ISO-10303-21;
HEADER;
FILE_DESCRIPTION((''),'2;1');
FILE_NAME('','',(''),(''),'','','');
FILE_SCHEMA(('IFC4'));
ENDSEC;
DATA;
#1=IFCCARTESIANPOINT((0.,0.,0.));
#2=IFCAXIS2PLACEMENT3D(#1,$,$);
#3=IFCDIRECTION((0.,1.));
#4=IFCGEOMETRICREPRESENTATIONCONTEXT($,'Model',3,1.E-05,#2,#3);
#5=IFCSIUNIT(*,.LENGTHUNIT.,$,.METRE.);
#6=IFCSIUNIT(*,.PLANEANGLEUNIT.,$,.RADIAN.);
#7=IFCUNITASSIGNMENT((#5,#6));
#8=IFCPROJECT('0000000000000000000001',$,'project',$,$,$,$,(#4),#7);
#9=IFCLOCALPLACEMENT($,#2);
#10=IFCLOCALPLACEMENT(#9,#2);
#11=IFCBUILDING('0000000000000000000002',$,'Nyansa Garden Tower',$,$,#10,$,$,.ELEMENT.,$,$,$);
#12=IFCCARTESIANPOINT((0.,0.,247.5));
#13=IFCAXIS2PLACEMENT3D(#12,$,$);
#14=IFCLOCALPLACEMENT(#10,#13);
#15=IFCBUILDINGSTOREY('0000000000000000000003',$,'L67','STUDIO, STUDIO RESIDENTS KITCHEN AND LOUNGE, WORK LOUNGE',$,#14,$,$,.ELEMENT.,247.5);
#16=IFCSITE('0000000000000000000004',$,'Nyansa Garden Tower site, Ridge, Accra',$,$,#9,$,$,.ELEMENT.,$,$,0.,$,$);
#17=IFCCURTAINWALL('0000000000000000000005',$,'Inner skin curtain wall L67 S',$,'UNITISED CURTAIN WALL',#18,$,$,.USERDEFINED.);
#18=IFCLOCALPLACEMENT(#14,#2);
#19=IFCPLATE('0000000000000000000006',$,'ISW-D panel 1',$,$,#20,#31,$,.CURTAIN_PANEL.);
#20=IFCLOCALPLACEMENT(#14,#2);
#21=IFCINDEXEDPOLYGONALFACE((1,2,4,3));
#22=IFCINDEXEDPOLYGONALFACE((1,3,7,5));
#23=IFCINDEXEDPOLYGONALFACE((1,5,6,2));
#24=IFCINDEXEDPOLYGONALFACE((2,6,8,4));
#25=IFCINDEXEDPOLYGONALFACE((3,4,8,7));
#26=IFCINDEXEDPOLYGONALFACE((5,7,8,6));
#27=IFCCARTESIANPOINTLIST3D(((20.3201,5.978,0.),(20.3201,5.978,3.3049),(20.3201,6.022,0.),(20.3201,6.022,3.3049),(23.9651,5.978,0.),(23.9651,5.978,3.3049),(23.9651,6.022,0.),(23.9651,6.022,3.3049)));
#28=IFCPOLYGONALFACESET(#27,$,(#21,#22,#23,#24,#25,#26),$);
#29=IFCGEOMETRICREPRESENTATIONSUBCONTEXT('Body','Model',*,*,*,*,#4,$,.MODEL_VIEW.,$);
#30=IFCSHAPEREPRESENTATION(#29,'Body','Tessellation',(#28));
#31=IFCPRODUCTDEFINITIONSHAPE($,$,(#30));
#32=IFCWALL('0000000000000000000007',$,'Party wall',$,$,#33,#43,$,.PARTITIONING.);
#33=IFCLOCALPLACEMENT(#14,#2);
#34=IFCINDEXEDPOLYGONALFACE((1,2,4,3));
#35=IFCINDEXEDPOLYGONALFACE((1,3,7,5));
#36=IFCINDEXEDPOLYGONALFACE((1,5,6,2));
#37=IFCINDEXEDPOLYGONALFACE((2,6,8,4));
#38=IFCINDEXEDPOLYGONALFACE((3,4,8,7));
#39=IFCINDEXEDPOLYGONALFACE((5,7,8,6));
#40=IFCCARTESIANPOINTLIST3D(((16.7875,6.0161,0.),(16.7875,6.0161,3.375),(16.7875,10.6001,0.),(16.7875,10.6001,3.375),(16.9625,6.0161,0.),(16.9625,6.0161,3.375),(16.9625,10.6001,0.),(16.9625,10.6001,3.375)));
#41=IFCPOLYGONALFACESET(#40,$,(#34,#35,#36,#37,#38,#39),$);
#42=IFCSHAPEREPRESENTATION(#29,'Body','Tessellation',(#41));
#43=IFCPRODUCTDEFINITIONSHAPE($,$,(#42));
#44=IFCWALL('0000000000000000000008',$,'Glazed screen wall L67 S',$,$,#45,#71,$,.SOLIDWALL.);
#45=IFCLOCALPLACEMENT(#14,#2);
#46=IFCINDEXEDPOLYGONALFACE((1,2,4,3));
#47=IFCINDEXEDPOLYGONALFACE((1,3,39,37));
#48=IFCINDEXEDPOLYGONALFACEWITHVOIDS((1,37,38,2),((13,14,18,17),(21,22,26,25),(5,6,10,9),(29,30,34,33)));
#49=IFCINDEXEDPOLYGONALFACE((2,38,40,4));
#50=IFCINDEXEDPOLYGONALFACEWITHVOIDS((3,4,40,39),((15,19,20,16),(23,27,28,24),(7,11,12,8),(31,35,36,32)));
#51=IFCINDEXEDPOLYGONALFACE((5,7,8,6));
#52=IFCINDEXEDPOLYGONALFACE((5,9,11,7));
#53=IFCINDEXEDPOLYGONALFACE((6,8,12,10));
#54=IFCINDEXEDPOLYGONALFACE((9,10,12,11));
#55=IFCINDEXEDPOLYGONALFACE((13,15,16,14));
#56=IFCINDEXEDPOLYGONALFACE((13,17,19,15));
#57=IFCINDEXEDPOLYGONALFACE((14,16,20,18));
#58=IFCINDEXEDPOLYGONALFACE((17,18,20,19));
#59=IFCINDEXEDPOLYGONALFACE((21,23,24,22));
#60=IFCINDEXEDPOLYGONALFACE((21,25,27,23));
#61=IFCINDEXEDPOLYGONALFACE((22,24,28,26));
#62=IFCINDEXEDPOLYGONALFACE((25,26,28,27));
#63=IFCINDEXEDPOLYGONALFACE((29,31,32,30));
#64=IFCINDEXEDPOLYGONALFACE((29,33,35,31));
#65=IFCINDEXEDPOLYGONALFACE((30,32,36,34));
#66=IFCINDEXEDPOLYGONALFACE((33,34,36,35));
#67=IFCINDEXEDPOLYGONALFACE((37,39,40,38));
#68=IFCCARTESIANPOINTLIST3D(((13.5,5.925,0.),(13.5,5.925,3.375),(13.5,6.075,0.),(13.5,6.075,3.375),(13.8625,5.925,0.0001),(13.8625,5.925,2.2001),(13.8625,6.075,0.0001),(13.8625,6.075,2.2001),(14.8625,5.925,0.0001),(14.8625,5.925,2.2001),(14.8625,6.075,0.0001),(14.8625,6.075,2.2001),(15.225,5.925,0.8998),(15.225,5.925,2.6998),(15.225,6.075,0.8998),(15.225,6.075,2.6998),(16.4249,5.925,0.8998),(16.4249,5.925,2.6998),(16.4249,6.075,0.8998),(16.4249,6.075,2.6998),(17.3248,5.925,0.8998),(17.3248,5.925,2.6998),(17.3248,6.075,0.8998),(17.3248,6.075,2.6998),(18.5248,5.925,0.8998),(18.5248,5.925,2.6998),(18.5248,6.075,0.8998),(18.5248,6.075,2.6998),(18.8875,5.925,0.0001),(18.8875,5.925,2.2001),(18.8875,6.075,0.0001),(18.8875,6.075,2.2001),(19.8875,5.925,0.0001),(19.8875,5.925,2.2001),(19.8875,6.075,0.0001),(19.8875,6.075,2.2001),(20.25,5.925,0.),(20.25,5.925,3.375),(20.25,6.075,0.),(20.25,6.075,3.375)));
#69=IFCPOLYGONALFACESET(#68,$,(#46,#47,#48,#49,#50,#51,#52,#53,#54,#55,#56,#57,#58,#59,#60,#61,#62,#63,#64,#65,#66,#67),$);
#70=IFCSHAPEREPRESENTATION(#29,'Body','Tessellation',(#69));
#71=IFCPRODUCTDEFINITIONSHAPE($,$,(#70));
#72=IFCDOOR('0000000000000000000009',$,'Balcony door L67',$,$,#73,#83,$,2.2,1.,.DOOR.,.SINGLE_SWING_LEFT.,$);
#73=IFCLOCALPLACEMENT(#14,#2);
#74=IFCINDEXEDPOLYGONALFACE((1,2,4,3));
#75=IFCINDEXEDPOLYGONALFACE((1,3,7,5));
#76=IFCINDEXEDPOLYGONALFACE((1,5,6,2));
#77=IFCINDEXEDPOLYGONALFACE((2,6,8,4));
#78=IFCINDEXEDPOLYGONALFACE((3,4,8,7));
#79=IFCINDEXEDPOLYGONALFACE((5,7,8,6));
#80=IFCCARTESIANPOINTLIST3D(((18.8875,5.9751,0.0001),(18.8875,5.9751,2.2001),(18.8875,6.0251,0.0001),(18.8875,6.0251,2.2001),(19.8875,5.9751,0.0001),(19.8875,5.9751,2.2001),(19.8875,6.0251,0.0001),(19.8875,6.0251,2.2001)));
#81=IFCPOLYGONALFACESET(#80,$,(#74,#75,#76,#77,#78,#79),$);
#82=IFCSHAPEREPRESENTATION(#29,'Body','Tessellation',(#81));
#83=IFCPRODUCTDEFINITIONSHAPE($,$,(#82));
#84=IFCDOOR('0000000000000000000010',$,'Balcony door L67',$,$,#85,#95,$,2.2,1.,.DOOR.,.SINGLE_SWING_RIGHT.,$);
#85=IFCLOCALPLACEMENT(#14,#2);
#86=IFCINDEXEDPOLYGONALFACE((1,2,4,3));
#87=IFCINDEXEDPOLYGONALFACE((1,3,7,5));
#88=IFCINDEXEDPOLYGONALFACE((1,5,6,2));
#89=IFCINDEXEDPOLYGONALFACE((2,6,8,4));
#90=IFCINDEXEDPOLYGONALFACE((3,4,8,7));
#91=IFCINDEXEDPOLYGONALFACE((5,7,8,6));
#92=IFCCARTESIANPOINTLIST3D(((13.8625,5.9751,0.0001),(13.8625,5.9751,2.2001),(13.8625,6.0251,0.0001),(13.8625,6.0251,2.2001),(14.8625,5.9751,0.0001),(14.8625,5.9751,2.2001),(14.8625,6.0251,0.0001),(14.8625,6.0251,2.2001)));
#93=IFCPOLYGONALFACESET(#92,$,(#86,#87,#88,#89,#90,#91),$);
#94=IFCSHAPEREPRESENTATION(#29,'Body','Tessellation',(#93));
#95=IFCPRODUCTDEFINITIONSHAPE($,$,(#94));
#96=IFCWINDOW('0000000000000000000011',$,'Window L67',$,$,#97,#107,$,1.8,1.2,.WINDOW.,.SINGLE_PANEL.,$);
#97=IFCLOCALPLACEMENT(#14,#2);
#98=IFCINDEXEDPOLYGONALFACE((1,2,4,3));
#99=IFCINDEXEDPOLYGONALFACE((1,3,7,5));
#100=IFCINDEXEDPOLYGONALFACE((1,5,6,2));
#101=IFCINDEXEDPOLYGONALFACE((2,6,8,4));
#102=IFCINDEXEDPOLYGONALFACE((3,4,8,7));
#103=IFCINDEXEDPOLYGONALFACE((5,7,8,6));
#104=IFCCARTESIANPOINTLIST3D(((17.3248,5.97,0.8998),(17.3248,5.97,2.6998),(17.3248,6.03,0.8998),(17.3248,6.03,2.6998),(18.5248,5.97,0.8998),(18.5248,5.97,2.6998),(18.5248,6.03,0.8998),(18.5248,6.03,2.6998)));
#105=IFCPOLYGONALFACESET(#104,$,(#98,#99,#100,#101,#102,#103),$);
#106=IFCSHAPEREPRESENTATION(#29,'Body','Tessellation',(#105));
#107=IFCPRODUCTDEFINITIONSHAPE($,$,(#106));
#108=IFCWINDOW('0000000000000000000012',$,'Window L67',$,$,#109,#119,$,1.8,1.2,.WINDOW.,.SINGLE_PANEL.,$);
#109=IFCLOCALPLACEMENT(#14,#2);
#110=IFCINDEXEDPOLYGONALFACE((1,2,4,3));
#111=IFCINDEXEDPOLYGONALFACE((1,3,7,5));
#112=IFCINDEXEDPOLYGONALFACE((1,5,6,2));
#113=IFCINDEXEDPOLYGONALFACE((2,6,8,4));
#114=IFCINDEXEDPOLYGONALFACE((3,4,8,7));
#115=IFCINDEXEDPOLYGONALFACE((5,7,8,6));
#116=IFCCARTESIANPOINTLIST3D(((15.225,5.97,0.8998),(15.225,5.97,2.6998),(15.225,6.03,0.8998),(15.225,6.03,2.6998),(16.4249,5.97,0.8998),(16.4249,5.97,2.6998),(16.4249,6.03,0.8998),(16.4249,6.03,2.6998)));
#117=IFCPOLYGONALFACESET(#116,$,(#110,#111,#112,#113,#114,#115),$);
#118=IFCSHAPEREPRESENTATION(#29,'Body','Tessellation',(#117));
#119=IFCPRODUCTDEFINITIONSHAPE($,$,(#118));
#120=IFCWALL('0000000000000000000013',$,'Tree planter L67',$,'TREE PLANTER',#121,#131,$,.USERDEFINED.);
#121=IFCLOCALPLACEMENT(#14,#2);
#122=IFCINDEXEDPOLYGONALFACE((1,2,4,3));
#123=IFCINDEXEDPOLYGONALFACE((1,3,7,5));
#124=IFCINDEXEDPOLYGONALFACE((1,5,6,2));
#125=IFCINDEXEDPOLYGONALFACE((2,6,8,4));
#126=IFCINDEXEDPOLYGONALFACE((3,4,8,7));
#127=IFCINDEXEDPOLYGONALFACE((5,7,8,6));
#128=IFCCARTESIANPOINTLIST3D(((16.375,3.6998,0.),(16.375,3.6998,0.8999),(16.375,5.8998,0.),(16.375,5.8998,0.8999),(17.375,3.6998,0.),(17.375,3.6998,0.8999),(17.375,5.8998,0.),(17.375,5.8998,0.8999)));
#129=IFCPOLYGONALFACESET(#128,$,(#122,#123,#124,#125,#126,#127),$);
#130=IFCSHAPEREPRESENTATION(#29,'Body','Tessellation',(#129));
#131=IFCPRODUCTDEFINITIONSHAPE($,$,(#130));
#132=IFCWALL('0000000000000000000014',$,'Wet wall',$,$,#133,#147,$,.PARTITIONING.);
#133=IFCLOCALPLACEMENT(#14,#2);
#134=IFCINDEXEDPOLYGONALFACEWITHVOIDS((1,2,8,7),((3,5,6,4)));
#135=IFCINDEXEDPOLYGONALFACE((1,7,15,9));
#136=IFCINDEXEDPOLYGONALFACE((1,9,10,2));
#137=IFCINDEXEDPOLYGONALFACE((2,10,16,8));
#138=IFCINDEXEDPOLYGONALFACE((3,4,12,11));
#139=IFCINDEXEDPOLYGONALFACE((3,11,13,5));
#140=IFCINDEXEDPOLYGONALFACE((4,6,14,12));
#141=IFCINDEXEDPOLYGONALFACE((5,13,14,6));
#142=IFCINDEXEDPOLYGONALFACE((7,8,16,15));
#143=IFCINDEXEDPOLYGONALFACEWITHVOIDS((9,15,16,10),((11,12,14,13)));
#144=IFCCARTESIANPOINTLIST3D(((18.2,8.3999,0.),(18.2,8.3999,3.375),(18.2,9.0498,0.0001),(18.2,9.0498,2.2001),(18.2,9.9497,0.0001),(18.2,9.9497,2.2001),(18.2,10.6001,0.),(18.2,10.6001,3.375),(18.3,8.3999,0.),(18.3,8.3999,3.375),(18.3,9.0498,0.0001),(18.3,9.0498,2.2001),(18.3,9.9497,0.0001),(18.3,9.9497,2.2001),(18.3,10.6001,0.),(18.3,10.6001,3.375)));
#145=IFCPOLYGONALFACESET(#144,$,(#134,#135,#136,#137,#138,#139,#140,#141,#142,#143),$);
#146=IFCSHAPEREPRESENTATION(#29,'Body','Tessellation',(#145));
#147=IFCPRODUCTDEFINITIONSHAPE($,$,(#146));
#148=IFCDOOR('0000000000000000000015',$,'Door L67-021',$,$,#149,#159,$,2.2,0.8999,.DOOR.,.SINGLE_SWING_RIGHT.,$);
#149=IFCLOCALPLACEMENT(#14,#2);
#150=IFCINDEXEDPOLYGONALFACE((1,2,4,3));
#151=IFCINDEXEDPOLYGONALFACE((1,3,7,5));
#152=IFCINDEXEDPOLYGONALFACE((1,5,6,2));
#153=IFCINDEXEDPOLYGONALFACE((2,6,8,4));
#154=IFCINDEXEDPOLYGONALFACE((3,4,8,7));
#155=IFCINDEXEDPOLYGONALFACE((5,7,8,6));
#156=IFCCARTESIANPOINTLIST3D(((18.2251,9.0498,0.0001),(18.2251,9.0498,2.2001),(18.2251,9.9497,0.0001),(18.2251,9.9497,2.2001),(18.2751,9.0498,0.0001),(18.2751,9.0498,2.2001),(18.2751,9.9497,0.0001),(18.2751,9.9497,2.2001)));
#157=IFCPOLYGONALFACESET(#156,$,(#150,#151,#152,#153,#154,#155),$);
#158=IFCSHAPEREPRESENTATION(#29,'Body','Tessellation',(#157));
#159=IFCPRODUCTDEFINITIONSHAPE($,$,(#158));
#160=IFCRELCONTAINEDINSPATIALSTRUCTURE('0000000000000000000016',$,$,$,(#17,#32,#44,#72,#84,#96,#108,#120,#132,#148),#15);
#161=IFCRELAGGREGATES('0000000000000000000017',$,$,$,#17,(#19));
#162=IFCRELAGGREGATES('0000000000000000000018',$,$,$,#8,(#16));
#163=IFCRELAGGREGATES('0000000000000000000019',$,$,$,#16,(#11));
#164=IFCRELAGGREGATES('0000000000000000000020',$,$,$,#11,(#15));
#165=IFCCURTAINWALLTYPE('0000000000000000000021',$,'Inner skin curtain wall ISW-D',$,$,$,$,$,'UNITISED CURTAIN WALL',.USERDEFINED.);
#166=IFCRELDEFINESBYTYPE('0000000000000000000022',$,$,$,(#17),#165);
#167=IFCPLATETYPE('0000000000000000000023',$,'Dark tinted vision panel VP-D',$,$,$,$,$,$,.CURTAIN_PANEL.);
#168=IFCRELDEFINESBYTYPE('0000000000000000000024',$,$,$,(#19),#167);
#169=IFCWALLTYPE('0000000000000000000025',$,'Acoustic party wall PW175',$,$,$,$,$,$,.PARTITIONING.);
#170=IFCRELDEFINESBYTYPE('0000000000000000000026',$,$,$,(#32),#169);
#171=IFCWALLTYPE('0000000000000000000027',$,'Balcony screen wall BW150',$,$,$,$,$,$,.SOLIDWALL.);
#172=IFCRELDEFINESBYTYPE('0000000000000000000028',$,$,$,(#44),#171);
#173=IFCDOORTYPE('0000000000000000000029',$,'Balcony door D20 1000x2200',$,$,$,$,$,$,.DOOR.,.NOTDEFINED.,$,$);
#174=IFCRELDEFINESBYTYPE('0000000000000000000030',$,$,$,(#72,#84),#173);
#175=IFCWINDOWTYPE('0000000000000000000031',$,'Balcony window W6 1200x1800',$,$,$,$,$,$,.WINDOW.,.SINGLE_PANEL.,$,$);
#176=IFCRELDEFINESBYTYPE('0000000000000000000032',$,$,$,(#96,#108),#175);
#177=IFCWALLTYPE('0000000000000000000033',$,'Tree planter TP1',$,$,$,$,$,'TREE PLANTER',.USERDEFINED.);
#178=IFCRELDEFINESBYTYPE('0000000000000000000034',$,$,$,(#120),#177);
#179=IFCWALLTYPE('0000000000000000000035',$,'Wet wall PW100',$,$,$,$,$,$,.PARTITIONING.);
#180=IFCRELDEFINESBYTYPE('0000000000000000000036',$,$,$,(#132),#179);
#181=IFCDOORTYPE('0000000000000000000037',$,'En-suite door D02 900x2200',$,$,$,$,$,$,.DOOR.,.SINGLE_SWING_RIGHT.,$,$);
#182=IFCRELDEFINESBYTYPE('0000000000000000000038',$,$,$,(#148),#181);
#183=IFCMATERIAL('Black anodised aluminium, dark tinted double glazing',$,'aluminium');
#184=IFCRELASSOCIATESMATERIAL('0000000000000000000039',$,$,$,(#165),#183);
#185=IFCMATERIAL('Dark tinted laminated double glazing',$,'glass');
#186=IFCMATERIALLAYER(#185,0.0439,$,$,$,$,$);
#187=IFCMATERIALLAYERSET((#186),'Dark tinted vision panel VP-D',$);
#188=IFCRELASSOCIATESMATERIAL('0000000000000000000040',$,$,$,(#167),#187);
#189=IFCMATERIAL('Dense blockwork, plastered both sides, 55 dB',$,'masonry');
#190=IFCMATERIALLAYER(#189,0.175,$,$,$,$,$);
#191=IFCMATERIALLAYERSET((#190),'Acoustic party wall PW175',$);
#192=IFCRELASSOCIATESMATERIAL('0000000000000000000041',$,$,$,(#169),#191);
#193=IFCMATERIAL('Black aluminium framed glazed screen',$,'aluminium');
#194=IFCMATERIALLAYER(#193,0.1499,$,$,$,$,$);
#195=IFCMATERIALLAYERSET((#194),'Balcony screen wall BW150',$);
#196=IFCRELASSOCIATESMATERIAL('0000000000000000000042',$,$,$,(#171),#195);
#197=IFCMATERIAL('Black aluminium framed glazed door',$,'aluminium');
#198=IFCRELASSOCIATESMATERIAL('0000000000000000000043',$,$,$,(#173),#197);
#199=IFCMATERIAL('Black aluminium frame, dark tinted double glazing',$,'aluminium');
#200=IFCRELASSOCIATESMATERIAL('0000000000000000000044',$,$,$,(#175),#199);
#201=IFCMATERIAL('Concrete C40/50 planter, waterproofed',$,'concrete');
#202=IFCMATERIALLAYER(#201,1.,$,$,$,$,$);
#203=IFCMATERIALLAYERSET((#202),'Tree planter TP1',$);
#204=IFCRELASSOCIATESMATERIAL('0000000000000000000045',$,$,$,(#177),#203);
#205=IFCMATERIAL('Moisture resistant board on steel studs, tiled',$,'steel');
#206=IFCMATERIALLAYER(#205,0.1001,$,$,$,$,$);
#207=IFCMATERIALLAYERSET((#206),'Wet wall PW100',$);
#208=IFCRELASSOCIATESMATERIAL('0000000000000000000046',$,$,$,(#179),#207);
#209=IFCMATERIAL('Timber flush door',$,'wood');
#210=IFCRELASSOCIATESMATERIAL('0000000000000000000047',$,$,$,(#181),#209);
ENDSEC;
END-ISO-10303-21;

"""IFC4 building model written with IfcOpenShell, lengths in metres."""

from ifc_helpers import new_model, si_unit, direction, frame, frame_2d, origin, origin_2d, place, context, subcontext, project, spatial, rectangle, extrude, material, layer, layer_set, type_object, element, fill, aggregate, save


model = new_model("IFC4")

# Units and contexts
model_context = context("Model", 3, precision=1e-05, world=origin(), true_north=direction((0.0, 1.0)))
body_context = subcontext(model_context, "Body", "Model", "MODEL_VIEW")
ifc_project = project(units=[si_unit("LENGTHUNIT", "METRE"), si_unit("PLANEANGLEUNIT", "RADIAN")], contexts=[model_context])

# Site, building, storey
site_placement = place(None, origin())
site = spatial("IfcSite", under=ifc_project, at=site_placement, Name="Nyansa Garden Tower site, Ridge, Accra", CompositionType="ELEMENT", RefElevation=0.0)
building_placement = place(site_placement, origin())
building = spatial("IfcBuilding", under=site, at=building_placement, Name="Nyansa Garden Tower", CompositionType="ELEMENT")
storey_placement = place(building_placement, frame((0.0, 0.0, 247.5)))
storey = spatial("IfcBuildingStorey", under=building, at=storey_placement, Name="L67", Description="STUDIO, STUDIO RESIDENTS KITCHEN AND LOUNGE, WORK LOUNGE", CompositionType="ELEMENT", Elevation=247.5)

# Curtain wall
ifc_material_1 = material(Name="Black anodised aluminium, dark tinted double glazing", Category="aluminium")
curtain_wall_type = type_object("IfcCurtainWallType", Name="Inner skin curtain wall ISW-D", ElementType="UNITISED CURTAIN WALL", PredefinedType="USERDEFINED", material=ifc_material_1)
curtain_wall_placement = place(storey_placement, origin())
curtain_wall = element("IfcCurtainWall", 1, at=curtain_wall_placement, inside=storey, type_object=curtain_wall_type, Name="Inner skin curtain wall L67 S", ObjectType="UNITISED CURTAIN WALL", PredefinedType="USERDEFINED")

# Plate
ifc_material_2 = material(Name="Dark tinted laminated double glazing", Category="glass")
ifc_layer_1 = layer(ifc_material_2, 0.0439)
ifc_layer_set_1 = layer_set([ifc_layer_1], Name="Dark tinted vision panel VP-D")
plate_type = type_object("IfcPlateType", Name="Dark tinted vision panel VP-D", PredefinedType="CURTAIN_PANEL", material=ifc_layer_set_1)
plate_placement = place(storey_placement, frame((22.1426, 6.0, 0.0), z_axis=(0.0, 0.0, 1.0), x_axis=(1.0, 0.0, 0.0)))
plate = element("IfcPlate", 2, at=plate_placement, type_object=plate_type, Name="ISW-D panel 1", PredefinedType="CURTAIN_PANEL", context=body_context, shape_type="SweptSolid", body=[
    extrude(rectangle(XDim=3.645, YDim=0.0439, at=origin_2d()), origin(), (0.0, 0.0, 1.0), 3.3049),
])
aggregate(curtain_wall, [plate])

# Wall
ifc_material_3 = material(Name="Dense blockwork, plastered both sides, 55 dB", Category="masonry")
ifc_layer_2 = layer(ifc_material_3, 0.175)
ifc_layer_set_2 = layer_set([ifc_layer_2], Name="Acoustic party wall PW175")
wall_type_1 = type_object("IfcWallType", Name="Acoustic party wall PW175", PredefinedType="PARTITIONING", material=ifc_layer_set_2)
wall_1_placement = place(storey_placement, frame((16.875, 6.0161, 0.0), z_axis=(0.0, 0.0, 1.0), x_axis=(0.0, 1.0, 0.0)))
element("IfcWall", 3, at=wall_1_placement, inside=storey, type_object=wall_type_1, Name="Party wall", PredefinedType="PARTITIONING", context=body_context, shape_type="SweptSolid", body=[
    extrude(rectangle(XDim=4.584, YDim=0.175, at=frame_2d((2.292, 0.0))), origin(), (0.0, 0.0, 1.0), 3.375),
])

# Wall, openings, doors, windows
ifc_material_4 = material(Name="Black aluminium framed glazed screen", Category="aluminium")
ifc_layer_3 = layer(ifc_material_4, 0.1499)
ifc_layer_set_3 = layer_set([ifc_layer_3], Name="Balcony screen wall BW150")
wall_type_2 = type_object("IfcWallType", Name="Balcony screen wall BW150", PredefinedType="SOLIDWALL", material=ifc_layer_set_3)
wall_2_placement = place(storey_placement, frame((20.25, 6.0, 0.0), z_axis=(0.0, 0.0, 1.0), x_axis=(-1.0, 0.0, 0.0)))
wall_2 = element("IfcWall", 4, at=wall_2_placement, inside=storey, type_object=wall_type_2, Name="Glazed screen wall L67 S", PredefinedType="SOLIDWALL", context=body_context, shape_type="SweptSolid", body=[
    extrude(rectangle(XDim=6.75, YDim=0.1499, at=frame_2d((3.375, 0.0))), origin(), (0.0, 0.0, 1.0), 3.375),
])
opening_1_placement = place(wall_2_placement, frame((0.3625, 0.0, 0.0)))
opening_1 = element("IfcOpeningElement", 5, at=opening_1_placement, cuts=wall_2, PredefinedType="OPENING", context=body_context, shape_type="SweptSolid", body=[
    extrude(rectangle(XDim=1.0, YDim=2.2, at=frame_2d((0.5, 1.1001))), frame((0.0, 0.085, 0.0), z_axis=(0.0, -1.0, 0.0), x_axis=(1.0, 0.0, 0.0)), (0.0, 0.0, 1.0), 0.1699),
])
opening_2_placement = place(wall_2_placement, frame((1.7251, 0.0, 0.8999)))
opening_2 = element("IfcOpeningElement", 6, at=opening_2_placement, cuts=wall_2, PredefinedType="OPENING", context=body_context, shape_type="SweptSolid", body=[
    extrude(rectangle(XDim=1.2, YDim=1.8, at=frame_2d((0.6001, 0.8999))), frame((0.0, 0.085, 0.0), z_axis=(0.0, -1.0, 0.0), x_axis=(1.0, 0.0, 0.0)), (0.0, 0.0, 1.0), 0.1699),
])
opening_3_placement = place(wall_2_placement, frame((5.3875, 0.0, 0.0)))
opening_3 = element("IfcOpeningElement", 7, at=opening_3_placement, cuts=wall_2, PredefinedType="OPENING", context=body_context, shape_type="SweptSolid", body=[
    extrude(rectangle(XDim=1.0, YDim=2.2, at=frame_2d((0.5, 1.1001))), frame((0.0, 0.085, 0.0), z_axis=(0.0, -1.0, 0.0), x_axis=(1.0, 0.0, 0.0)), (0.0, 0.0, 1.0), 0.1699),
])
opening_4_placement = place(wall_2_placement, frame((3.825, 0.0, 0.8999)))
opening_4 = element("IfcOpeningElement", 8, at=opening_4_placement, cuts=wall_2, PredefinedType="OPENING", context=body_context, shape_type="SweptSolid", body=[
    extrude(rectangle(XDim=1.2, YDim=1.8, at=frame_2d((0.6001, 0.8999))), frame((0.0, 0.085, 0.0), z_axis=(0.0, -1.0, 0.0), x_axis=(1.0, 0.0, 0.0)), (0.0, 0.0, 1.0), 0.1699),
])
ifc_material_5 = material(Name="Black aluminium framed glazed door", Category="aluminium")
door_type_1 = type_object("IfcDoorType", Name="Balcony door D20 1000x2200", OperationType="NOTDEFINED", PredefinedType="DOOR", material=ifc_material_5)
door_1_placement = place(opening_1_placement, origin())
door_1 = element("IfcDoor", 9, at=door_1_placement, inside=storey, type_object=door_type_1, Name="Balcony door L67", OperationType="SINGLE_SWING_LEFT", OverallHeight=2.2, OverallWidth=1.0, PredefinedType="DOOR", context=body_context, shape_type="SweptSolid", body=[
    extrude(rectangle(XDim=1.0, YDim=2.2, at=frame_2d((0.5, 1.1001))), frame((0.0, 0.0249, 0.0), z_axis=(0.0, -1.0, 0.0), x_axis=(1.0, 0.0, 0.0)), (0.0, 0.0, 1.0), 0.05),
])
fill(opening_1, door_1)
door_2_placement = place(opening_3_placement, origin())
door_2 = element("IfcDoor", 10, at=door_2_placement, inside=storey, type_object=door_type_1, Name="Balcony door L67", OperationType="SINGLE_SWING_RIGHT", OverallHeight=2.2, OverallWidth=1.0, PredefinedType="DOOR", context=body_context, shape_type="SweptSolid", body=[
    extrude(rectangle(XDim=1.0, YDim=2.2, at=frame_2d((0.5, 1.1001))), frame((0.0, 0.0249, 0.0), z_axis=(0.0, -1.0, 0.0), x_axis=(1.0, 0.0, 0.0)), (0.0, 0.0, 1.0), 0.05),
])
fill(opening_3, door_2)
ifc_material_6 = material(Name="Black aluminium frame, dark tinted double glazing", Category="aluminium")
window_type = type_object("IfcWindowType", Name="Balcony window W6 1200x1800", PartitioningType="SINGLE_PANEL", PredefinedType="WINDOW", material=ifc_material_6)
window_1_placement = place(opening_2_placement, origin())
window_1 = element("IfcWindow", 11, at=window_1_placement, inside=storey, type_object=window_type, Name="Window L67", OverallHeight=1.8, OverallWidth=1.2, PartitioningType="SINGLE_PANEL", PredefinedType="WINDOW", context=body_context, shape_type="SweptSolid", body=[
    extrude(rectangle(XDim=1.2, YDim=1.8, at=frame_2d((0.6001, 0.8999))), frame((0.0, 0.03, 0.0), z_axis=(0.0, -1.0, 0.0), x_axis=(1.0, 0.0, 0.0)), (0.0, 0.0, 1.0), 0.0601),
])
fill(opening_2, window_1)
window_2_placement = place(opening_4_placement, origin())
window_2 = element("IfcWindow", 12, at=window_2_placement, inside=storey, type_object=window_type, Name="Window L67", OverallHeight=1.8, OverallWidth=1.2, PartitioningType="SINGLE_PANEL", PredefinedType="WINDOW", context=body_context, shape_type="SweptSolid", body=[
    extrude(rectangle(XDim=1.2, YDim=1.8, at=frame_2d((0.6001, 0.8999))), frame((0.0, 0.03, 0.0), z_axis=(0.0, -1.0, 0.0), x_axis=(1.0, 0.0, 0.0)), (0.0, 0.0, 1.0), 0.0601),
])
fill(opening_4, window_2)

# Wall
ifc_material_7 = material(Name="Concrete C40/50 planter, waterproofed", Category="concrete")
ifc_layer_4 = layer(ifc_material_7, 1.0)
ifc_layer_set_4 = layer_set([ifc_layer_4], Name="Tree planter TP1")
wall_type_3 = type_object("IfcWallType", Name="Tree planter TP1", ElementType="TREE PLANTER", PredefinedType="USERDEFINED", material=ifc_layer_set_4)
wall_3_placement = place(storey_placement, frame((16.875, 5.8999, 0.0), z_axis=(0.0, 0.0, 1.0), x_axis=(0.0, -1.0, 0.0)))
element("IfcWall", 13, at=wall_3_placement, inside=storey, type_object=wall_type_3, Name="Tree planter L67", ObjectType="TREE PLANTER", PredefinedType="USERDEFINED", context=body_context, shape_type="SweptSolid", body=[
    extrude(rectangle(XDim=2.2, YDim=1.0, at=frame_2d((1.1001, 0.0))), origin(), (0.0, 0.0, 1.0), 0.8999),
])

# Wall, opening, door
ifc_material_8 = material(Name="Moisture resistant board on steel studs, tiled", Category="steel")
ifc_layer_5 = layer(ifc_material_8, 0.1001)
ifc_layer_set_5 = layer_set([ifc_layer_5], Name="Wet wall PW100")
wall_type_4 = type_object("IfcWallType", Name="Wet wall PW100", PredefinedType="PARTITIONING", material=ifc_layer_set_5)
wall_4_placement = place(storey_placement, frame((18.25, 8.3999, 0.0), z_axis=(0.0, 0.0, 1.0), x_axis=(0.0, 1.0, 0.0)))
wall_4 = element("IfcWall", 14, at=wall_4_placement, inside=storey, type_object=wall_type_4, Name="Wet wall", PredefinedType="PARTITIONING", context=body_context, shape_type="SweptSolid", body=[
    extrude(rectangle(XDim=2.2002, YDim=0.1001, at=frame_2d((1.1001, 0.0))), origin(), (0.0, 0.0, 1.0), 3.375),
])
opening_5_placement = place(wall_4_placement, frame((0.6499, 0.0, 0.0)))
opening_5 = element("IfcOpeningElement", 15, at=opening_5_placement, cuts=wall_4, PredefinedType="OPENING", context=body_context, shape_type="SweptSolid", body=[
    extrude(rectangle(XDim=0.8999, YDim=2.2, at=frame_2d((0.45, 1.1001))), frame((0.0, 0.0601, 0.0), z_axis=(0.0, -1.0, 0.0), x_axis=(1.0, 0.0, 0.0)), (0.0, 0.0, 1.0), 0.1201),
])
ifc_material_9 = material(Name="Timber flush door", Category="wood")
door_type_2 = type_object("IfcDoorType", Name="En-suite door D02 900x2200", OperationType="SINGLE_SWING_RIGHT", PredefinedType="DOOR", material=ifc_material_9)
door_3_placement = place(opening_5_placement, origin())
door_3 = element("IfcDoor", 16, at=door_3_placement, inside=storey, type_object=door_type_2, Name="Door L67-021", OperationType="SINGLE_SWING_RIGHT", OverallHeight=2.2, OverallWidth=0.8999, PredefinedType="DOOR", context=body_context, shape_type="SweptSolid", body=[
    extrude(rectangle(XDim=0.8999, YDim=2.2, at=frame_2d((0.45, 1.1001))), frame((0.0, 0.0249, 0.0), z_axis=(0.0, -1.0, 0.0), x_axis=(1.0, 0.0, 0.0)), (0.0, 0.0, 1.0), 0.05),
])
fill(opening_5, door_3)

save(model, "model.ifc")
